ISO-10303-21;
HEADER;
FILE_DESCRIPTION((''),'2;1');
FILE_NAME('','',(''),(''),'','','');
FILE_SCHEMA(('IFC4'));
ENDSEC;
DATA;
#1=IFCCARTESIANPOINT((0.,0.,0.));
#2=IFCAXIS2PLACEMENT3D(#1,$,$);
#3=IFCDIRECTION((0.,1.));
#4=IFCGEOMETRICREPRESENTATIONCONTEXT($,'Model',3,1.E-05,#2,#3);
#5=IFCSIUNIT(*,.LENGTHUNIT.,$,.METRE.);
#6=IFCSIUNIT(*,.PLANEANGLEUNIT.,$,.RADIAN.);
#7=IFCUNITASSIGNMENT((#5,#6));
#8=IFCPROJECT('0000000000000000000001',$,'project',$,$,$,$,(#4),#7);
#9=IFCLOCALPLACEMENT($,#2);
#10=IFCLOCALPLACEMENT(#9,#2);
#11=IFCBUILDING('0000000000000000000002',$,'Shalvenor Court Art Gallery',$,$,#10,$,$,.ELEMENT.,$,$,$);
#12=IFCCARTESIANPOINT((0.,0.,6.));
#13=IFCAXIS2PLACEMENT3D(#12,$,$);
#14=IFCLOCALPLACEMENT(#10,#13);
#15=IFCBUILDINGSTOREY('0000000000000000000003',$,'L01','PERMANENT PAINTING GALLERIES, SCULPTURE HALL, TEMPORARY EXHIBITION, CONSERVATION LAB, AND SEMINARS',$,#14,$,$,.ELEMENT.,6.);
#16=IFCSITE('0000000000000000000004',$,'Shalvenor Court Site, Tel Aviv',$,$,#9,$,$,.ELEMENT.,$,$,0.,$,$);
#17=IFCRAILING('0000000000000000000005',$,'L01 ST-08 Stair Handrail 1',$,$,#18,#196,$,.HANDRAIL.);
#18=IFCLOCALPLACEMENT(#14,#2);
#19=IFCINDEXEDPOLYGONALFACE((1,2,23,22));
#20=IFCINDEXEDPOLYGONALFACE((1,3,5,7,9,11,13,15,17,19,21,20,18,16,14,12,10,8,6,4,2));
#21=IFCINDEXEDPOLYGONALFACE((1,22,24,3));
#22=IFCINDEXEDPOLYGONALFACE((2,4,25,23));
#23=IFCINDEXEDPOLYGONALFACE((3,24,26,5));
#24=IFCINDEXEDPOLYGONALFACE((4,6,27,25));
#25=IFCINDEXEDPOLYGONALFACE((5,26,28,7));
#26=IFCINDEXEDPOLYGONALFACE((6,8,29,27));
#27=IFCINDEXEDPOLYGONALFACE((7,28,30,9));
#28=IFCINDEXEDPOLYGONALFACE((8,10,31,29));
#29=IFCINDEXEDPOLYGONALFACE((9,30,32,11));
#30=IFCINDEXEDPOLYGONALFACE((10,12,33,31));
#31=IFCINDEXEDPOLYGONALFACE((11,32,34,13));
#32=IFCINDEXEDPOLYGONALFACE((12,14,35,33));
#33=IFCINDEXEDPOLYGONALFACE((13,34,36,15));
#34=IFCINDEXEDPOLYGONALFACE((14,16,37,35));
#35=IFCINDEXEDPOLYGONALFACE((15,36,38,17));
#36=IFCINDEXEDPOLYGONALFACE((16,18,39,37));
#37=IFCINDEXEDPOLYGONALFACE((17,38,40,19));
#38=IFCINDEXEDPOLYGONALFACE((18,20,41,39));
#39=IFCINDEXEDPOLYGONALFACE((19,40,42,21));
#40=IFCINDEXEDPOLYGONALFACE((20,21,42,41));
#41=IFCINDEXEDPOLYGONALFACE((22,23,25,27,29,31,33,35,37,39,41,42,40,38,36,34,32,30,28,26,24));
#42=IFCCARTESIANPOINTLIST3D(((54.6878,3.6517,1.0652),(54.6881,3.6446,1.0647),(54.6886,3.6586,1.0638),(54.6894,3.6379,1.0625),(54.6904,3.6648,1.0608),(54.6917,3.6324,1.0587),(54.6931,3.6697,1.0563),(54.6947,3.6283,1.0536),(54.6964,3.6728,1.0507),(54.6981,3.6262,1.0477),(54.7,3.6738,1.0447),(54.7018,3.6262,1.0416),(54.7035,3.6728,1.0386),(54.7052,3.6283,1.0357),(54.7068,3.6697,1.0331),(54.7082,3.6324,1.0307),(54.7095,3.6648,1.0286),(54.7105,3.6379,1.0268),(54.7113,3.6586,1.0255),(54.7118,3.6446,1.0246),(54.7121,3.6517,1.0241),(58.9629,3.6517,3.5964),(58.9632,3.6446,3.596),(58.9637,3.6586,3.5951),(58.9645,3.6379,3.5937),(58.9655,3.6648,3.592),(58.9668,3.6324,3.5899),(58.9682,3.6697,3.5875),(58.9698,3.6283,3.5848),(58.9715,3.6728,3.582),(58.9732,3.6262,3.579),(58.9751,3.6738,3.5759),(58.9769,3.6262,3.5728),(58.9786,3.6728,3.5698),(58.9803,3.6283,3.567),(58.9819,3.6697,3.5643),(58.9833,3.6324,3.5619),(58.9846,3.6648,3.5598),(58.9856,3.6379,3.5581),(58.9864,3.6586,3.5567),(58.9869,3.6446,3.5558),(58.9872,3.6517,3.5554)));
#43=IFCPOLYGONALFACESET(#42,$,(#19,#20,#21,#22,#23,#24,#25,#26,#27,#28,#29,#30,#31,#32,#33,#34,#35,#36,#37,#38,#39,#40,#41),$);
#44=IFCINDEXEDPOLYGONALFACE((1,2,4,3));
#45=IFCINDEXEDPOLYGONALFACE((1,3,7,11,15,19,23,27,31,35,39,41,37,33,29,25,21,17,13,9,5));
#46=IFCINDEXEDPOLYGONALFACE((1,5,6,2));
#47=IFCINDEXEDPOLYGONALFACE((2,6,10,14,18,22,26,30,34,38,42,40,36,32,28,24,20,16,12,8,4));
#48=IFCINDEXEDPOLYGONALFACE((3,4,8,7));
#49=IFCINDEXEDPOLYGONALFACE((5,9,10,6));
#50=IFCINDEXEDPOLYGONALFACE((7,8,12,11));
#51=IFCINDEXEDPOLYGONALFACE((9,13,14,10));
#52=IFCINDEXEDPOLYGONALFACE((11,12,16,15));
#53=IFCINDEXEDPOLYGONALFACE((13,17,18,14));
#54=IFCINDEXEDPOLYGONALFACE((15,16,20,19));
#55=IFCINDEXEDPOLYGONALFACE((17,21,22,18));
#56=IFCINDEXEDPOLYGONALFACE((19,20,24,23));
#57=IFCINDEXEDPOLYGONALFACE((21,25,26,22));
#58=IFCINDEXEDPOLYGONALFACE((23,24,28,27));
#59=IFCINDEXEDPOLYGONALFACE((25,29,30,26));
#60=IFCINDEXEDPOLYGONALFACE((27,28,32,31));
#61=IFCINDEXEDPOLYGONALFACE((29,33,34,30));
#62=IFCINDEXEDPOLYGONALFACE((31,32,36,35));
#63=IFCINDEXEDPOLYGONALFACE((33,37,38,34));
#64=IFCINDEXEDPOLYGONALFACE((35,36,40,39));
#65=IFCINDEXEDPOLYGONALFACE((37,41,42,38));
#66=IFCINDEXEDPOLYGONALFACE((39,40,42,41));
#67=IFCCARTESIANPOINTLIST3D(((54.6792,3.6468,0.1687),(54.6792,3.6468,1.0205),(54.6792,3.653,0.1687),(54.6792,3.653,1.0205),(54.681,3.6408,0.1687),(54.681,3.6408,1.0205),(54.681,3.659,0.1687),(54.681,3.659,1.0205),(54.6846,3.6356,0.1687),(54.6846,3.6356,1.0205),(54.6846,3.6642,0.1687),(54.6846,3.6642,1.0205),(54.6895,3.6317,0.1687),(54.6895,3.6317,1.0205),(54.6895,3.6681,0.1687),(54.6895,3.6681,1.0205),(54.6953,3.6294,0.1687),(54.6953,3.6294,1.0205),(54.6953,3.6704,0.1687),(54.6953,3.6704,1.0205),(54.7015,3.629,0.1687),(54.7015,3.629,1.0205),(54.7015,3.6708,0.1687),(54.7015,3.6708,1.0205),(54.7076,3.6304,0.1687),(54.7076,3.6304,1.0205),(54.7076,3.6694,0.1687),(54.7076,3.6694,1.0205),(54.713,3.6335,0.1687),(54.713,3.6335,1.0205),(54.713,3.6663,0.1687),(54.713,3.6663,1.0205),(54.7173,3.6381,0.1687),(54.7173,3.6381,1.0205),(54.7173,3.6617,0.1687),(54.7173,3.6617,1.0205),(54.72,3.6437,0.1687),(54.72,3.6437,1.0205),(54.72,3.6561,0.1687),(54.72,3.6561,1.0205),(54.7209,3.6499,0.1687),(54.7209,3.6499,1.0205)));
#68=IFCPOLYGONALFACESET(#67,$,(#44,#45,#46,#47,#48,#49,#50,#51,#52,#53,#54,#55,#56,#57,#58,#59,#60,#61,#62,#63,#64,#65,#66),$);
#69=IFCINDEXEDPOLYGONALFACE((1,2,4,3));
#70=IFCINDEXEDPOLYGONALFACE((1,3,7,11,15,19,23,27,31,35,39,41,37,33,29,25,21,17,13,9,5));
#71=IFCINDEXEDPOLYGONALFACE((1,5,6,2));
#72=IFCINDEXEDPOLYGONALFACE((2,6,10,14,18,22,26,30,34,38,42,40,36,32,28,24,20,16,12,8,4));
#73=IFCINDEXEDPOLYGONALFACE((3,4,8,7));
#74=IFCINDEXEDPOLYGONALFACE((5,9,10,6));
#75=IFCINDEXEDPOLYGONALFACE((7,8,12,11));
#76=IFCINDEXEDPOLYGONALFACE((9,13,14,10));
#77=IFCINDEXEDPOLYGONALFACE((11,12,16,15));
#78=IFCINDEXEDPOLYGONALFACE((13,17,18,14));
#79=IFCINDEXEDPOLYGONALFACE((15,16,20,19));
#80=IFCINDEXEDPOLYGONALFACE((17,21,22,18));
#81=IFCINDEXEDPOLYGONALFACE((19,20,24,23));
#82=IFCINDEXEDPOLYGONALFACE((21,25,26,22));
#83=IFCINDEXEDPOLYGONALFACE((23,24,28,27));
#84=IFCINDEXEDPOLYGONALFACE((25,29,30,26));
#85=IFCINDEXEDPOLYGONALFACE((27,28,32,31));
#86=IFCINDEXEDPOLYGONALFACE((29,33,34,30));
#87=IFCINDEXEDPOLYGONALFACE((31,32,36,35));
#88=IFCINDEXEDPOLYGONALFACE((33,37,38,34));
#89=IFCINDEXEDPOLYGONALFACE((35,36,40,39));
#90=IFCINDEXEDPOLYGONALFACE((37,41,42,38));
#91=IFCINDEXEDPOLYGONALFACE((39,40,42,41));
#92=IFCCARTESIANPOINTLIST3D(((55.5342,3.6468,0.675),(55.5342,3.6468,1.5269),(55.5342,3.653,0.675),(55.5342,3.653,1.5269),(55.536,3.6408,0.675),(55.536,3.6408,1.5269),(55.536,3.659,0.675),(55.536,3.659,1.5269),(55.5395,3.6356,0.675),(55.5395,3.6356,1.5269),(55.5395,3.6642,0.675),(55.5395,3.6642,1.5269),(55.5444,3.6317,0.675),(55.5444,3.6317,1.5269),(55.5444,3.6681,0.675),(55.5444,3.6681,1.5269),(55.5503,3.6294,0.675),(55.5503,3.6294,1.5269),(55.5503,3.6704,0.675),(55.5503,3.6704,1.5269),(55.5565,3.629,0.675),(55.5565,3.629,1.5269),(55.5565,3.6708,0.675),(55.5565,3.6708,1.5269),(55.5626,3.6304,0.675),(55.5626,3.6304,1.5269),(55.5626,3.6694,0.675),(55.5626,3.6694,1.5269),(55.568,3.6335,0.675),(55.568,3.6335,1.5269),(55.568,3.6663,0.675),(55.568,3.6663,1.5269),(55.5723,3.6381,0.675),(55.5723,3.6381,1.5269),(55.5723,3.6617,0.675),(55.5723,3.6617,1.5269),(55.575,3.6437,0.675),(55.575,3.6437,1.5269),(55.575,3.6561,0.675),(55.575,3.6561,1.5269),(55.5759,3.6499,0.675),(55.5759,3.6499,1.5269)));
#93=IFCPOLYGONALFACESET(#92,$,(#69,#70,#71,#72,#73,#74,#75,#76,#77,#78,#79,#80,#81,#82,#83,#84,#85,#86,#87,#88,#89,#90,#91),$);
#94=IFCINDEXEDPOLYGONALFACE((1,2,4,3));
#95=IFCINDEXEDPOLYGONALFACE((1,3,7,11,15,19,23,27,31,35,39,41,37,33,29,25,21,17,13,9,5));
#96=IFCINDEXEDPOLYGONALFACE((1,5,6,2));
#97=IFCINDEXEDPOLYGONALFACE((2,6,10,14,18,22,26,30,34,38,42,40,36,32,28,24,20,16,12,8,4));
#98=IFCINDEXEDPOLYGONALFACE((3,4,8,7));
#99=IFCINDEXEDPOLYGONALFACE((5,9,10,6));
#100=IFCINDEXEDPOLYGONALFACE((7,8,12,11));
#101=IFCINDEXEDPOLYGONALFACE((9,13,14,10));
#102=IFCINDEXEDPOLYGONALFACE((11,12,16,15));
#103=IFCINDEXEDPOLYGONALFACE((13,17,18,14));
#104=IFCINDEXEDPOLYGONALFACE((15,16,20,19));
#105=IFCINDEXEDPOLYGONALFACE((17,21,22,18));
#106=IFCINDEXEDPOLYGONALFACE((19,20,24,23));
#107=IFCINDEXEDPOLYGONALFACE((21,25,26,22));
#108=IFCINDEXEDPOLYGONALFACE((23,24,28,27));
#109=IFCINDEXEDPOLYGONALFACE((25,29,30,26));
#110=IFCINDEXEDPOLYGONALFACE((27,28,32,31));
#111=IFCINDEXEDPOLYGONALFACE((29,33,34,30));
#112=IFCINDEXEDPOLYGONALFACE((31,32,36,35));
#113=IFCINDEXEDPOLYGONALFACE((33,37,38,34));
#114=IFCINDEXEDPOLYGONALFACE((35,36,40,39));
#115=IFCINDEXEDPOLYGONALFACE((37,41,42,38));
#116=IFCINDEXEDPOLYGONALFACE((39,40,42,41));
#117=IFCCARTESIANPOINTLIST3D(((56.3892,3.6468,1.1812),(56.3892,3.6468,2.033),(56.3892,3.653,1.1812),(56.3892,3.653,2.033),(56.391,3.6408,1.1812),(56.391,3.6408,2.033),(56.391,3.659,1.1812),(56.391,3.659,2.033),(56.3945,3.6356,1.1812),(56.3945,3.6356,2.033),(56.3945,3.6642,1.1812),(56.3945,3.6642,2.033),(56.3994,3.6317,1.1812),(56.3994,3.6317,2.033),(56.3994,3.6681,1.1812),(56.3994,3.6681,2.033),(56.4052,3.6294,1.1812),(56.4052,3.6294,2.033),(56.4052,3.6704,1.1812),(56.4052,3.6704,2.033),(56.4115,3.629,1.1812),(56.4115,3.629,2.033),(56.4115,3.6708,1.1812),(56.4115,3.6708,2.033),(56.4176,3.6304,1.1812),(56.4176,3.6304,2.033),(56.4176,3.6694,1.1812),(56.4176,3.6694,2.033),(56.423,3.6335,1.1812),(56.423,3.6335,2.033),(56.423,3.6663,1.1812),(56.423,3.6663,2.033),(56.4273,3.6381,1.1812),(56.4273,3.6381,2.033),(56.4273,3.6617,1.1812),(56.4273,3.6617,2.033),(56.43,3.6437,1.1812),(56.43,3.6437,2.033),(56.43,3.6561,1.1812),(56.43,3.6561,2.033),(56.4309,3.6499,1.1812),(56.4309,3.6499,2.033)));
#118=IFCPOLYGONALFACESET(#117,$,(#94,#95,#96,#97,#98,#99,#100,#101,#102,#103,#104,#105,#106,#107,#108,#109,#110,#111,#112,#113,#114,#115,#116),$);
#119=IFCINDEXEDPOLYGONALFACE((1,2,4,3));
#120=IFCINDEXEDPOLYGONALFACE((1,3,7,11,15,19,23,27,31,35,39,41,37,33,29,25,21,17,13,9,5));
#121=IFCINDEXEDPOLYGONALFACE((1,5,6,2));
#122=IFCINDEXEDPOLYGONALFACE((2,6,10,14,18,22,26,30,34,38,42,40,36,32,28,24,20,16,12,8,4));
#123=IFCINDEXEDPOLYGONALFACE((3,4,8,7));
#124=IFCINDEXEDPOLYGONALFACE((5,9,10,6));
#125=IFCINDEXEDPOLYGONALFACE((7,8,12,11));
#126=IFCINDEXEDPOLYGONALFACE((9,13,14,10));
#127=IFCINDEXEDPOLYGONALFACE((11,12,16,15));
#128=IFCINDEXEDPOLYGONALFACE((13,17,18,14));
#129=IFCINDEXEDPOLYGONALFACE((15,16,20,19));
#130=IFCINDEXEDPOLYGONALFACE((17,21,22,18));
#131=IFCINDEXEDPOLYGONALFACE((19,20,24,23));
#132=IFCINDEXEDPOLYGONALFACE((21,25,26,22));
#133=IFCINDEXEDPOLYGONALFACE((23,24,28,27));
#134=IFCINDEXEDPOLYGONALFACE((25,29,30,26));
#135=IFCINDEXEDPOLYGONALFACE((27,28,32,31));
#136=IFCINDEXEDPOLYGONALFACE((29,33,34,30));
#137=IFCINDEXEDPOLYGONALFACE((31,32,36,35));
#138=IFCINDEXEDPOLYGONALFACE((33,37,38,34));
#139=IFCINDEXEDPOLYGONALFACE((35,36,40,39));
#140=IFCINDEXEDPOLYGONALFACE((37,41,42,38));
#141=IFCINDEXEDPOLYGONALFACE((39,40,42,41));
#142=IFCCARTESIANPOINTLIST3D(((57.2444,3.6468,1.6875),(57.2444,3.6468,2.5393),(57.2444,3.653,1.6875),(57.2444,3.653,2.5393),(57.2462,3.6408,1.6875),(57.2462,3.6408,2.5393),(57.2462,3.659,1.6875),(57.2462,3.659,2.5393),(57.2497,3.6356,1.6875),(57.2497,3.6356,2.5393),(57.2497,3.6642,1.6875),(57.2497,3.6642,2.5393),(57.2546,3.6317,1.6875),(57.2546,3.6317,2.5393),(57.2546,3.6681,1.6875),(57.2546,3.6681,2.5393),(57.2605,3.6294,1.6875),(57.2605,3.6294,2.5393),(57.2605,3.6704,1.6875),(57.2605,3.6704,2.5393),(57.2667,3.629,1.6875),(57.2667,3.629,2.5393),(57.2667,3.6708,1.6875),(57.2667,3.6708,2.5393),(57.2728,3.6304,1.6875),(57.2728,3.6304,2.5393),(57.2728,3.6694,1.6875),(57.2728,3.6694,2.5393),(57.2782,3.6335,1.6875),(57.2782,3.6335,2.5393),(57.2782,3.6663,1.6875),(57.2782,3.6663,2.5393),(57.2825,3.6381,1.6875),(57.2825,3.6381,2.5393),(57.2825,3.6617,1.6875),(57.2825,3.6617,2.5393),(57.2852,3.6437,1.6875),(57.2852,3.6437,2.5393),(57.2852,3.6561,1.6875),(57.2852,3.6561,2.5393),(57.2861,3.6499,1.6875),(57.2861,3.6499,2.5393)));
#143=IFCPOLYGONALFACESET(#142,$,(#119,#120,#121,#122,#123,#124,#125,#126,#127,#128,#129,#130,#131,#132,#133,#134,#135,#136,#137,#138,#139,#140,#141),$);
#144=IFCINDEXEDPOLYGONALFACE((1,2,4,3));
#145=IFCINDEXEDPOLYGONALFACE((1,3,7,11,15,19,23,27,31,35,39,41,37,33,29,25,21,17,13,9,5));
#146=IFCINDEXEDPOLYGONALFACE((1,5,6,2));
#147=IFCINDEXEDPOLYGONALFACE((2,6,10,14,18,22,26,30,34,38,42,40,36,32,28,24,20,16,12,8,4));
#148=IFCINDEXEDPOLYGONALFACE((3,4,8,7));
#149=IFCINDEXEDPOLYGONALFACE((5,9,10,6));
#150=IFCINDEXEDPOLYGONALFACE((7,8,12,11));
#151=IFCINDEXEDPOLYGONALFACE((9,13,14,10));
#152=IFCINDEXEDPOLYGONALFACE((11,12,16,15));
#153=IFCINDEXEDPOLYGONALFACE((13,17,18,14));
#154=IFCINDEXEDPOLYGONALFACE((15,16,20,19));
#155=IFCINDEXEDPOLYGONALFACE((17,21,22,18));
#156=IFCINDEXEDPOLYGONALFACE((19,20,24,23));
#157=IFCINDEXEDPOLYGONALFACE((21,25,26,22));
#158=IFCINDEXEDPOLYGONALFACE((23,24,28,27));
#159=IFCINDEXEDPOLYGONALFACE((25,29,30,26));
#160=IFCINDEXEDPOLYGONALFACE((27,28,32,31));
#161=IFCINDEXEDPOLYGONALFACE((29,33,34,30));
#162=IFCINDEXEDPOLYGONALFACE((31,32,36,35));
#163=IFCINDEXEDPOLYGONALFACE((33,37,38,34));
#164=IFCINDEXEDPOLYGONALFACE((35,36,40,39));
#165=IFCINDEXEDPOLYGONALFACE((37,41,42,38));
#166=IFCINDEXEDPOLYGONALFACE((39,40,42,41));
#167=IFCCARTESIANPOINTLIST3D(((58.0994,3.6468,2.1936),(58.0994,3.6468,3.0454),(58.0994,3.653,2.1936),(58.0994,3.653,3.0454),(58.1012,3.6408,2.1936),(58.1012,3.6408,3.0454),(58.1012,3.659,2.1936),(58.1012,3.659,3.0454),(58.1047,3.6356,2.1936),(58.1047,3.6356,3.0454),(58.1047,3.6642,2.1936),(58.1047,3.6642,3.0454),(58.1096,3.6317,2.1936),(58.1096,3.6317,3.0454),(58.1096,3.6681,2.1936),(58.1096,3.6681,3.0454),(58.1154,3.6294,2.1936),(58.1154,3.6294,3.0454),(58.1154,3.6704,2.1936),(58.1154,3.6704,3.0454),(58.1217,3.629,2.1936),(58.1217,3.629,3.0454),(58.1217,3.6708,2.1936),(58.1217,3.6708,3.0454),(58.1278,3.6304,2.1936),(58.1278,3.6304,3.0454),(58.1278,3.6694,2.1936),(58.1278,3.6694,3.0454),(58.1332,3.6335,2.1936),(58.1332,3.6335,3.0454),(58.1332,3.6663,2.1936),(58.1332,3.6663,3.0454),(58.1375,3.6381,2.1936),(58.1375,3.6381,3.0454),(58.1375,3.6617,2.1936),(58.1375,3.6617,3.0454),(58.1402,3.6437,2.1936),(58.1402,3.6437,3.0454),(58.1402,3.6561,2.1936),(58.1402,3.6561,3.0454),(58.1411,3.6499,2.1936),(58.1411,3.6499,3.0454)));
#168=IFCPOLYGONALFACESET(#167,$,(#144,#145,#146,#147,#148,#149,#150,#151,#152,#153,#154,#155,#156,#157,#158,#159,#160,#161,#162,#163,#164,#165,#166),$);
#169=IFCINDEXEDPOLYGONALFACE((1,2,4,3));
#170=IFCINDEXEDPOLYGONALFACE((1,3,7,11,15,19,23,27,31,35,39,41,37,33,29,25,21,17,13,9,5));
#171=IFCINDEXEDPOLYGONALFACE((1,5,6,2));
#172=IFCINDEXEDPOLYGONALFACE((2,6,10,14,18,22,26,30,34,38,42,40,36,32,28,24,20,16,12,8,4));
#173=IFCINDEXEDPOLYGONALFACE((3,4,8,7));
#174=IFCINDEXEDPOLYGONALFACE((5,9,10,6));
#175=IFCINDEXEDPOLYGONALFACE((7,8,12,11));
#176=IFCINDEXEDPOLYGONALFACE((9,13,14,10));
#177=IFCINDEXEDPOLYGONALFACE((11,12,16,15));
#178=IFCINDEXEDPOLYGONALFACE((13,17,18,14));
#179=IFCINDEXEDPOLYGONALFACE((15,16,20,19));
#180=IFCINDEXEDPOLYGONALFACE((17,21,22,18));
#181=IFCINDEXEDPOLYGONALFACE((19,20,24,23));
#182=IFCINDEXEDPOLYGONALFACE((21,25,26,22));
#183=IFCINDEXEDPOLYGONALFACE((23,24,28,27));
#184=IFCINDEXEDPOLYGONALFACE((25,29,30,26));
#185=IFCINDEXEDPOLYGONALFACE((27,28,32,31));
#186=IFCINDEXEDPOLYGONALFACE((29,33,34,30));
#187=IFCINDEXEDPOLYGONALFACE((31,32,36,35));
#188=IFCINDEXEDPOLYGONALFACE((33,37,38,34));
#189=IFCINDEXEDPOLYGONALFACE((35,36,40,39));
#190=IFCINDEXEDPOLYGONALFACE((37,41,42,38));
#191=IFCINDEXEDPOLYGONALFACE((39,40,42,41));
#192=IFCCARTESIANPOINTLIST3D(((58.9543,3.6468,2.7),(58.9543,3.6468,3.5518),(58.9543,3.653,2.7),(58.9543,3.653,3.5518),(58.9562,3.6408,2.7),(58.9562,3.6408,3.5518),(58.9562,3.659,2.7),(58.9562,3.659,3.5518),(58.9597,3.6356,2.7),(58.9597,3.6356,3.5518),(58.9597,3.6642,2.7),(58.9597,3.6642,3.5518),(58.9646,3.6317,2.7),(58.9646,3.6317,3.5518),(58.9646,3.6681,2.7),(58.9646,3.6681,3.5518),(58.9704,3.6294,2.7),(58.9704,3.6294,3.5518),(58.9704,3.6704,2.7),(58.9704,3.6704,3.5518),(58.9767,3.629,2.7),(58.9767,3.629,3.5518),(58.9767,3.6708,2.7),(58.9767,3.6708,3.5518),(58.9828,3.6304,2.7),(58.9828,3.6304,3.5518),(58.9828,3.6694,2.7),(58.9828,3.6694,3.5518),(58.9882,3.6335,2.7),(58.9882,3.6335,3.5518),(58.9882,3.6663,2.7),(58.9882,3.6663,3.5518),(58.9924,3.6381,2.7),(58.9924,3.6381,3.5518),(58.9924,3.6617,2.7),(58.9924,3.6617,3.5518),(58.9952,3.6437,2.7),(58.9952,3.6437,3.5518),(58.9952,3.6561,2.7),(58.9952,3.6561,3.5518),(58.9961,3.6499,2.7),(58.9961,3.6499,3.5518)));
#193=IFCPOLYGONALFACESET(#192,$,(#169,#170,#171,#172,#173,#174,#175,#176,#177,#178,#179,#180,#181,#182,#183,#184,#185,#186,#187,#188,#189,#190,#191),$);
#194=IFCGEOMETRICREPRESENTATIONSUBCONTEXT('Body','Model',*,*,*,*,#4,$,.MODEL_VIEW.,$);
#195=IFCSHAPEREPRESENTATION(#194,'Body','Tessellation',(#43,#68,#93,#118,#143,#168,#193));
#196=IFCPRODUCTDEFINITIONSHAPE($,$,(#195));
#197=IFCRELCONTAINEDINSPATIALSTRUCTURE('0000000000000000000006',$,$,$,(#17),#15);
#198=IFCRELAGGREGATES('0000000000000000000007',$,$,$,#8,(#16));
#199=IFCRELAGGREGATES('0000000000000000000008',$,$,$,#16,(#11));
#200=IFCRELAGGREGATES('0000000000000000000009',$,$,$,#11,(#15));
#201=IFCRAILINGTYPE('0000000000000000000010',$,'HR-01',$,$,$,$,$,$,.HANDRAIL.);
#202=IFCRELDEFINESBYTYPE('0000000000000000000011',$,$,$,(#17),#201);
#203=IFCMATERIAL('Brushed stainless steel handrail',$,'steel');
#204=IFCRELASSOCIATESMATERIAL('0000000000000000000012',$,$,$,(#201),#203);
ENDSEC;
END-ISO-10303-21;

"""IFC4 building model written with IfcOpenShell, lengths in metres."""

from ifc_helpers import new_model, si_unit, direction, frame, origin, origin_2d, place, context, subcontext, project, spatial, circle, extrude, material, type_object, element, save


model = new_model("IFC4")

# Units and contexts
model_context = context("Model", 3, precision=1e-05, world=origin(), true_north=direction((0.0, 1.0)))
body_context = subcontext(model_context, "Body", "Model", "MODEL_VIEW")
ifc_project = project(units=[si_unit("LENGTHUNIT", "METRE"), si_unit("PLANEANGLEUNIT", "RADIAN")], contexts=[model_context])

# Site, building, storey
site_placement = place(None, origin())
site = spatial("IfcSite", under=ifc_project, at=site_placement, Name="Shalvenor Court Site, Tel Aviv", CompositionType="ELEMENT", RefElevation=0.0)
building_placement = place(site_placement, origin())
building = spatial("IfcBuilding", under=site, at=building_placement, Name="Shalvenor Court Art Gallery", CompositionType="ELEMENT")
storey_placement = place(building_placement, frame((0.0, 0.0, 6.0)))
storey = spatial("IfcBuildingStorey", under=building, at=storey_placement, Name="L01", Description="PERMANENT PAINTING GALLERIES, SCULPTURE HALL, TEMPORARY EXHIBITION, CONSERVATION LAB, AND SEMINARS", CompositionType="ELEMENT", Elevation=6.0)

# Railing
ifc_material_1 = material(Name="Brushed stainless steel handrail", Category="steel")
railing_type_1 = type_object("IfcRailingType", Name="HR-01", PredefinedType="HANDRAIL", material=ifc_material_1)
railing_1_placement = place(storey_placement, frame((54.7, 3.6499, 0.1687)))
element("IfcRailing", 1, at=railing_1_placement, inside=storey, type_object=railing_type_1, Name="L01 ST-08 Stair Handrail 1", PredefinedType="HANDRAIL", context=body_context, shape_type="SweptSolid", body=[
    extrude(circle(Radius=0.0239, at=origin_2d()), frame((0.0, 0.0, 0.876), z_axis=(0.860483, 0.0, 0.509479), x_axis=(0.0, 1.0, 0.0)), (0.0, 0.0, 1.0), 4.9683),
    extrude(circle(Radius=0.021, at=origin_2d()), origin(), (0.0, 0.0, 1.0), 0.8518),
    extrude(circle(Radius=0.021, at=origin_2d()), frame((0.855, 0.0, 0.5063)), (0.0, 0.0, 1.0), 0.8518),
    extrude(circle(Radius=0.021, at=origin_2d()), frame((1.71, 0.0, 1.0125)), (0.0, 0.0, 1.0), 0.8518),
    extrude(circle(Radius=0.021, at=origin_2d()), frame((2.5652, 0.0, 1.5188)), (0.0, 0.0, 1.0), 0.8518),
    extrude(circle(Radius=0.021, at=origin_2d()), frame((3.4202, 0.0, 2.0249)), (0.0, 0.0, 1.0), 0.8518),
    extrude(circle(Radius=0.021, at=origin_2d()), frame((4.2751, 0.0, 2.5312)), (0.0, 0.0, 1.0), 0.8518),
])

save(model, "model.ifc")
